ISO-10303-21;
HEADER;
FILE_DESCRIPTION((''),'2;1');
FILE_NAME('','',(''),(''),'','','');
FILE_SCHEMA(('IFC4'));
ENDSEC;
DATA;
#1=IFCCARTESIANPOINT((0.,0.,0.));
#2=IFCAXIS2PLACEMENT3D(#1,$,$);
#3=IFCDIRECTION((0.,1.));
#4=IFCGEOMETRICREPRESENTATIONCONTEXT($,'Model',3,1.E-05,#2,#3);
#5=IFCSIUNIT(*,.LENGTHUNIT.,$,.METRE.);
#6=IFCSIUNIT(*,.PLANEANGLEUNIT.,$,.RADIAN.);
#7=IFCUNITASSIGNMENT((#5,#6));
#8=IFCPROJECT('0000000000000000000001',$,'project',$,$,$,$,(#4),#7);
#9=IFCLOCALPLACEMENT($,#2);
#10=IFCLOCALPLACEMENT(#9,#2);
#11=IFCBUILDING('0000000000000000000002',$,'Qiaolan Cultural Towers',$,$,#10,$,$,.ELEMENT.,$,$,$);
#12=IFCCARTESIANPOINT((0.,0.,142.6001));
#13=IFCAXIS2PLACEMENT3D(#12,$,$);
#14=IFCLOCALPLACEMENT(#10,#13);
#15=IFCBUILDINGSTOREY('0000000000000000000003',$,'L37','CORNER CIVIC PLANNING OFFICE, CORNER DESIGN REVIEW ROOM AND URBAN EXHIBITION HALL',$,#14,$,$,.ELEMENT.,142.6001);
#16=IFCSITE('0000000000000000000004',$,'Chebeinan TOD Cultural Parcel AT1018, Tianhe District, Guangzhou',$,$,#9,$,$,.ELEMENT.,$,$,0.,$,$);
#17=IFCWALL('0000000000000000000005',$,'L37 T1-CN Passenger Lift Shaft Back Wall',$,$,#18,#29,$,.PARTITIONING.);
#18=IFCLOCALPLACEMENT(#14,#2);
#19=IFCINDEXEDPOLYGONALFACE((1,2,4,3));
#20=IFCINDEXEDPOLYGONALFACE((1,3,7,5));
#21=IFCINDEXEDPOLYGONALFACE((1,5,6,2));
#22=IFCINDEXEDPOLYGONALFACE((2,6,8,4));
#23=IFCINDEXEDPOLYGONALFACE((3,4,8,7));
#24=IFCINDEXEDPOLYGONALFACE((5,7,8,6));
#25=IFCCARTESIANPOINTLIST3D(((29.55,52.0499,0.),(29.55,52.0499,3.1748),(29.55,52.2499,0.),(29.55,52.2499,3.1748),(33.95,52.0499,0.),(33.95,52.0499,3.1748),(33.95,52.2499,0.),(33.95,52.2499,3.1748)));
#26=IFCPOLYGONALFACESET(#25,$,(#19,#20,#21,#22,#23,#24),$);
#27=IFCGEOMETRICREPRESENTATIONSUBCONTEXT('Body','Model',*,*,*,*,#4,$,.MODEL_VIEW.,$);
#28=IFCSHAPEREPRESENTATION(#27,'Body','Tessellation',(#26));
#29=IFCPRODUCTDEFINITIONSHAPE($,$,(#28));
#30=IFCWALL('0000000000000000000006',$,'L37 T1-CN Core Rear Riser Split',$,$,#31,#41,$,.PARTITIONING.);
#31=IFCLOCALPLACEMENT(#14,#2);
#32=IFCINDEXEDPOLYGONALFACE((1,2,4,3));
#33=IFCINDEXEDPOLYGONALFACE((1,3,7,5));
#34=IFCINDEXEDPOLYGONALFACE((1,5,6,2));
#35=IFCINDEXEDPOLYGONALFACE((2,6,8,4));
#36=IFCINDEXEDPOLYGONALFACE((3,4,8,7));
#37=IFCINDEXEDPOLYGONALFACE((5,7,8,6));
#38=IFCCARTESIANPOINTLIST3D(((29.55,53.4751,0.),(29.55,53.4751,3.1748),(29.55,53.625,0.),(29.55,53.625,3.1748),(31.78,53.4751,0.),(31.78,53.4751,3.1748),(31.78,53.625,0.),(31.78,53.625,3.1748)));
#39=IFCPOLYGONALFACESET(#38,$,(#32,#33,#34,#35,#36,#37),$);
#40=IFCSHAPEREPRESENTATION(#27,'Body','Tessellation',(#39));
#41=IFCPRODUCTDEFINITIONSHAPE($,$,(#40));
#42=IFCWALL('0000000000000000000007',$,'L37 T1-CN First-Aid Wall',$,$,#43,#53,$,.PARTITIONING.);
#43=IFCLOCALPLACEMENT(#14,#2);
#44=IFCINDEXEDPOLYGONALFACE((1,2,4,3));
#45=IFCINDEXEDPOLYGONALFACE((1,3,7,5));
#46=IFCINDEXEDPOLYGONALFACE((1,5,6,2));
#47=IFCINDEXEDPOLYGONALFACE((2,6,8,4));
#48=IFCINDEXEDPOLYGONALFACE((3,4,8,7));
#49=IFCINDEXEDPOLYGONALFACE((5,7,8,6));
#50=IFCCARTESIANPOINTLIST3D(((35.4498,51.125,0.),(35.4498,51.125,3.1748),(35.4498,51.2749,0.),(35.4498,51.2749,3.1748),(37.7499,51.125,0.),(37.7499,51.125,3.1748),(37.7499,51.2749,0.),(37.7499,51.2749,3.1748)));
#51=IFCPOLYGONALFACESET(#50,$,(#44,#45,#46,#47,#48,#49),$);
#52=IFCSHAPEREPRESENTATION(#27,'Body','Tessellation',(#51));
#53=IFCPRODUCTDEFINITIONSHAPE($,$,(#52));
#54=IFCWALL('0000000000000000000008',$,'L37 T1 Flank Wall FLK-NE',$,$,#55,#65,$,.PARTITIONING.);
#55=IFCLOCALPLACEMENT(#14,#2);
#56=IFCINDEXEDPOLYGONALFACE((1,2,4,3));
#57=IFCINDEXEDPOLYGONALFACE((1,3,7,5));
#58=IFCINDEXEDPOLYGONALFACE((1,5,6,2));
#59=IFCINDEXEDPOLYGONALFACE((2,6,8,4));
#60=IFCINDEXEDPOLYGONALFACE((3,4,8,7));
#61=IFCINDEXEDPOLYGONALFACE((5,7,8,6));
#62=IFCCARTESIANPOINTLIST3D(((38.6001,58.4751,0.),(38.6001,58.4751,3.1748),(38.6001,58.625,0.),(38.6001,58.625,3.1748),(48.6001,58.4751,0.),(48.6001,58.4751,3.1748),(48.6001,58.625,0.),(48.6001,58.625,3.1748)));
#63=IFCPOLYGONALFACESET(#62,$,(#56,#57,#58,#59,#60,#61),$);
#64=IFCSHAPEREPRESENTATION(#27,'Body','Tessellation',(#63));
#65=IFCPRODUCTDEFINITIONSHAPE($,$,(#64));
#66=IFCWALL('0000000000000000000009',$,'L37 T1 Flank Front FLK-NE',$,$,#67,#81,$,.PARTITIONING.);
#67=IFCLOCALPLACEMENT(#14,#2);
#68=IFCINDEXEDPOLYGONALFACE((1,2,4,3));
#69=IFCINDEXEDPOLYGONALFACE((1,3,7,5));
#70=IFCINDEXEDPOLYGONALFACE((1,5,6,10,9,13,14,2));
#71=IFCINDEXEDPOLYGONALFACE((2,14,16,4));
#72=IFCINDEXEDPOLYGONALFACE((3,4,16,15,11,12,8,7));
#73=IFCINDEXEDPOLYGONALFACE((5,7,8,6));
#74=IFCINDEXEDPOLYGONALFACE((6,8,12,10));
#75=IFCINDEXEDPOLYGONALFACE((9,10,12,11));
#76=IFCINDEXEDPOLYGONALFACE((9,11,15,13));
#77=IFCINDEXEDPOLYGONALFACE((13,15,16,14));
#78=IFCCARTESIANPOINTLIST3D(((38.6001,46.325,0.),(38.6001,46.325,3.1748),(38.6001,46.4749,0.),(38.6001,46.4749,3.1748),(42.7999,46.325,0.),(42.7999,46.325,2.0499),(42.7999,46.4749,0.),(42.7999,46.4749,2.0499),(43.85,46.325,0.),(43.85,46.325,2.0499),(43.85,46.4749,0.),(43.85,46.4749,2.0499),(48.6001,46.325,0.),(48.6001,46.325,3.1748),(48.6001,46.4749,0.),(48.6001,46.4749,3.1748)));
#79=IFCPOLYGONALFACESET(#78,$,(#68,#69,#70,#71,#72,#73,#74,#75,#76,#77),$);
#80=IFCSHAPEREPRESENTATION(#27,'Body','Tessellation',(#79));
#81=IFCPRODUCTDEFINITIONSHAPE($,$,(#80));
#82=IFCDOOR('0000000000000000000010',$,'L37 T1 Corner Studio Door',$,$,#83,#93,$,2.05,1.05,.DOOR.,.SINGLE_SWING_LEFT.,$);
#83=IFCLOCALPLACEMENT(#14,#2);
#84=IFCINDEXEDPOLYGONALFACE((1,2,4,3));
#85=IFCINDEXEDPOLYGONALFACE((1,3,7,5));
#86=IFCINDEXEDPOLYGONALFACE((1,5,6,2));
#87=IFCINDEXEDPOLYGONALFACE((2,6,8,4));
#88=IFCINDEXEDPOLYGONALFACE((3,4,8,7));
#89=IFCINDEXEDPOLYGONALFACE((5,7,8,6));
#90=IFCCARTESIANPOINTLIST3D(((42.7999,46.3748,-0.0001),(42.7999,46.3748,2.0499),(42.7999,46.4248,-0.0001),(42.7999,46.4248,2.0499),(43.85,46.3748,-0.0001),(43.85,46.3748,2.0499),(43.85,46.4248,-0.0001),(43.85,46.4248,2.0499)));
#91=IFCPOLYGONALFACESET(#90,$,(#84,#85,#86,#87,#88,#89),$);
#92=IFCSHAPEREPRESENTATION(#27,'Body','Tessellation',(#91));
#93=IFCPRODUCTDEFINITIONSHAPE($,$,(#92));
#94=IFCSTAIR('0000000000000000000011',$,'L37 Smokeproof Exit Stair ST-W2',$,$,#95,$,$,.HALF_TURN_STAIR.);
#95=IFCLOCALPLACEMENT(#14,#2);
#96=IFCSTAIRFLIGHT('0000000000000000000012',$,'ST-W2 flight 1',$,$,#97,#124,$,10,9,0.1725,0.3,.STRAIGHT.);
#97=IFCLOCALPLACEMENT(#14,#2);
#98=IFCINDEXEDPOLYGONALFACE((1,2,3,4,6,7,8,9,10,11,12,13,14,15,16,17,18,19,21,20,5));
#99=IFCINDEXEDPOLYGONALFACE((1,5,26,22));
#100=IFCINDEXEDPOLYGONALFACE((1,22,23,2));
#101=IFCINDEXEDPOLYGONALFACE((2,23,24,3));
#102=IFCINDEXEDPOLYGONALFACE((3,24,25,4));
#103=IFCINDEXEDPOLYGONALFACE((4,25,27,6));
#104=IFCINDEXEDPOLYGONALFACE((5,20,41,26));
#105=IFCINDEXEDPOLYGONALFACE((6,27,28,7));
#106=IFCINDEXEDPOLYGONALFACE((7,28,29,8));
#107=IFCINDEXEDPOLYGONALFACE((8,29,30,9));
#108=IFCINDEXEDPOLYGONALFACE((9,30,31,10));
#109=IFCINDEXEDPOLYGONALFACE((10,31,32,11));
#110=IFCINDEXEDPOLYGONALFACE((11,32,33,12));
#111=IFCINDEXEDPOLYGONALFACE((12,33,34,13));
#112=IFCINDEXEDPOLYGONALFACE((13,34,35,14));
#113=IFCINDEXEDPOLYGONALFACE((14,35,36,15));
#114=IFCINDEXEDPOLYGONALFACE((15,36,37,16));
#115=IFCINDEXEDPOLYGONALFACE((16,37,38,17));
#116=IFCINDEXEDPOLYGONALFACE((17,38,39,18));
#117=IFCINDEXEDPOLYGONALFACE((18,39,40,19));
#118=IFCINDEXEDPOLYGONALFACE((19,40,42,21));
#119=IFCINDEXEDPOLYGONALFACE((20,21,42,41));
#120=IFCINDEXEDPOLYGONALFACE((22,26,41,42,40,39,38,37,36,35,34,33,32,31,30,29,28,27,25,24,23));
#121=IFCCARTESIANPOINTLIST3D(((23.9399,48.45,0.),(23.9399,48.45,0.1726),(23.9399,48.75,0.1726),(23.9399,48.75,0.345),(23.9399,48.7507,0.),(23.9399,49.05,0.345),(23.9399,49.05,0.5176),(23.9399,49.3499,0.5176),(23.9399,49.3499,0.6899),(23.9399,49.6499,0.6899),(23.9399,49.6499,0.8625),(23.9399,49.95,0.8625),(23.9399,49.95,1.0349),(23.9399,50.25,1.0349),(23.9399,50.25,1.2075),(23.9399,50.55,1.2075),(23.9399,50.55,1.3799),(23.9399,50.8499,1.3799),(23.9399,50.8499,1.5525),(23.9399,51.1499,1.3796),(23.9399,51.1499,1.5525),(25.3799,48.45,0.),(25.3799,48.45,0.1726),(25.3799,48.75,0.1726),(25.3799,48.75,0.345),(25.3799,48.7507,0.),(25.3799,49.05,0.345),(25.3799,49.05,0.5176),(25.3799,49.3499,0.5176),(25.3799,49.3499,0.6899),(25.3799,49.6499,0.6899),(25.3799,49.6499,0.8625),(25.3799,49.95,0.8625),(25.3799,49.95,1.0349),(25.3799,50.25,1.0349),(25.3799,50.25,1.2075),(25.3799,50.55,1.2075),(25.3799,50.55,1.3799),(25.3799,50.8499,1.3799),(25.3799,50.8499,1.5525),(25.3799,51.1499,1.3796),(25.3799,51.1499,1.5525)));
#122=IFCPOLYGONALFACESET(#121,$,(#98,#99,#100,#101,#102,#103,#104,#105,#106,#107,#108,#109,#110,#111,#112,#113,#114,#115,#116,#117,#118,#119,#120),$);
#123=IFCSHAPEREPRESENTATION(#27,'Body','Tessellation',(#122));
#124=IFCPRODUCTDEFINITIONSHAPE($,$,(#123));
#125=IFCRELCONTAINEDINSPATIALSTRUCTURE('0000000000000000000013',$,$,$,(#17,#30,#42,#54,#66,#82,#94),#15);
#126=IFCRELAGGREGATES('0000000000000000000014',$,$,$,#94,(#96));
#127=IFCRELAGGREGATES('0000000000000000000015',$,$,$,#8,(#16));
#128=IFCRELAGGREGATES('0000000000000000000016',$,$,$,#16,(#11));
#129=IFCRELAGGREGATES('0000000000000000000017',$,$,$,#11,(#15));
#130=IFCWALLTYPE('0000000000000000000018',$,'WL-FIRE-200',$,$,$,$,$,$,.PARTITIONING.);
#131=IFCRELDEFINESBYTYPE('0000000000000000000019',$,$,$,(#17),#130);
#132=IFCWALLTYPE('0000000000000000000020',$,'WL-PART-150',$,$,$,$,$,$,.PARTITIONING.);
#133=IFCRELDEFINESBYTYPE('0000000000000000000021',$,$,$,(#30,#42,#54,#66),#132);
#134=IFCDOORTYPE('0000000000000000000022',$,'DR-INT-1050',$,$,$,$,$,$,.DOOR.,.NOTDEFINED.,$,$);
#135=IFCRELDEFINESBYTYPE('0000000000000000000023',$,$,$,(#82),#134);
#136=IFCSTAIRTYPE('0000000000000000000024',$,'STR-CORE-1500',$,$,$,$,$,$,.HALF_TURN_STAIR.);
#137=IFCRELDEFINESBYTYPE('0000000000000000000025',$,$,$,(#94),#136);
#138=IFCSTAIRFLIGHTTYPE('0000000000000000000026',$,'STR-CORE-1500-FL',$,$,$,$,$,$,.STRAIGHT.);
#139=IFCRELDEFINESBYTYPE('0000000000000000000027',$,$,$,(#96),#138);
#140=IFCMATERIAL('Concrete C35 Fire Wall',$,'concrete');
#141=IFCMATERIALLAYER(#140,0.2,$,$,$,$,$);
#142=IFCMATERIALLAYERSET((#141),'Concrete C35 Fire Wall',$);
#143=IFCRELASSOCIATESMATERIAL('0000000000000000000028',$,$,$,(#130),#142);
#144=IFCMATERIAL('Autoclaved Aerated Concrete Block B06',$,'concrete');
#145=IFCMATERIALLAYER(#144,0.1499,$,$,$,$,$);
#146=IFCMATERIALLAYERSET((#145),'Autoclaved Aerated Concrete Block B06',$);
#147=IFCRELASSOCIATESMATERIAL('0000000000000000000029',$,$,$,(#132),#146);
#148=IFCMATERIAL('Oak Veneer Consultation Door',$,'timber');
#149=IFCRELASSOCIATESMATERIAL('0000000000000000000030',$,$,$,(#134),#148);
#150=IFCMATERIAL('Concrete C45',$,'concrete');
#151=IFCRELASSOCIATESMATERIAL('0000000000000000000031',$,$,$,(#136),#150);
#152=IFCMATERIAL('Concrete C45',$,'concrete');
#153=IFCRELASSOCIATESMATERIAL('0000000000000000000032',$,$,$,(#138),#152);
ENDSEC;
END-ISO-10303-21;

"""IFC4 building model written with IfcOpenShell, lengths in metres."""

from ifc_helpers import new_model, si_unit, direction, frame, frame_2d, origin, place, context, subcontext, project, spatial, polyline, rectangle, outline, extrude, material, layer, layer_set, type_object, element, fill, aggregate, save


model = new_model("IFC4")

# Units and contexts
model_context = context("Model", 3, precision=1e-05, world=origin(), true_north=direction((0.0, 1.0)))
body_context = subcontext(model_context, "Body", "Model", "MODEL_VIEW")
ifc_project = project(units=[si_unit("LENGTHUNIT", "METRE"), si_unit("PLANEANGLEUNIT", "RADIAN")], contexts=[model_context])

# Site, building, storey
site_placement = place(None, origin())
site = spatial("IfcSite", under=ifc_project, at=site_placement, Name="Chebeinan TOD Cultural Parcel AT1018, Tianhe District, Guangzhou", CompositionType="ELEMENT", RefElevation=0.0)
building_placement = place(site_placement, origin())
building = spatial("IfcBuilding", under=site, at=building_placement, Name="Qiaolan Cultural Towers", CompositionType="ELEMENT")
storey_placement = place(building_placement, frame((0.0, 0.0, 142.6001)))
storey = spatial("IfcBuildingStorey", under=building, at=storey_placement, Name="L37", Description="CORNER CIVIC PLANNING OFFICE, CORNER DESIGN REVIEW ROOM AND URBAN EXHIBITION HALL", CompositionType="ELEMENT", Elevation=142.6001)

# Shared definitions
ifc_material_1 = material(Name="Concrete C35 Fire Wall", Category="concrete")
ifc_layer_1 = layer(ifc_material_1, 0.2)
ifc_layer_set_1 = layer_set([ifc_layer_1], Name="Concrete C35 Fire Wall")
wall_type_1 = type_object("IfcWallType", Name="WL-FIRE-200", PredefinedType="PARTITIONING", material=ifc_layer_set_1)

# Walls
wall_1_placement = place(storey_placement, frame((29.55, 52.1499, 0.0), z_axis=(0.0, 0.0, 1.0), x_axis=(1.0, 0.0, 0.0)))
element("IfcWall", 1, at=wall_1_placement, inside=storey, type_object=wall_type_1, Name="L37 T1-CN Passenger Lift Shaft Back Wall", PredefinedType="PARTITIONING", context=body_context, shape_type="SweptSolid", body=[
    extrude(rectangle(XDim=4.3999, YDim=0.2, at=frame_2d((2.2, 0.0))), origin(), (0.0, 0.0, 1.0), 3.1748),
])
ifc_material_2 = material(Name="Autoclaved Aerated Concrete Block B06", Category="concrete")
ifc_layer_2 = layer(ifc_material_2, 0.1499)
ifc_layer_set_2 = layer_set([ifc_layer_2], Name="Autoclaved Aerated Concrete Block B06")
wall_type_2 = type_object("IfcWallType", Name="WL-PART-150", PredefinedType="PARTITIONING", material=ifc_layer_set_2)
wall_2_placement = place(storey_placement, frame((29.55, 53.55, 0.0), z_axis=(0.0, 0.0, 1.0), x_axis=(1.0, 0.0, 0.0)))
element("IfcWall", 2, at=wall_2_placement, inside=storey, type_object=wall_type_2, Name="L37 T1-CN Core Rear Riser Split", PredefinedType="PARTITIONING", context=body_context, shape_type="SweptSolid", body=[
    extrude(rectangle(XDim=2.23, YDim=0.1499, at=frame_2d((1.115, 0.0))), origin(), (0.0, 0.0, 1.0), 3.1748),
])
wall_3_placement = place(storey_placement, frame((35.45, 51.2, 0.0), z_axis=(0.0, 0.0, 1.0), x_axis=(1.0, 0.0, 0.0)))
element("IfcWall", 3, at=wall_3_placement, inside=storey, type_object=wall_type_2, Name="L37 T1-CN First-Aid Wall", PredefinedType="PARTITIONING", context=body_context, shape_type="SweptSolid", body=[
    extrude(rectangle(XDim=2.3, YDim=0.1499, at=frame_2d((1.1499, 0.0))), origin(), (0.0, 0.0, 1.0), 3.1748),
])
wall_4_placement = place(storey_placement, frame((38.6001, 58.55, 0.0), z_axis=(0.0, 0.0, 1.0), x_axis=(1.0, 0.0, 0.0)))
element("IfcWall", 4, at=wall_4_placement, inside=storey, type_object=wall_type_2, Name="L37 T1 Flank Wall FLK-NE", PredefinedType="PARTITIONING", context=body_context, shape_type="SweptSolid", body=[
    extrude(rectangle(XDim=10.0, YDim=0.1499, at=frame_2d((5.0, 0.0))), origin(), (0.0, 0.0, 1.0), 3.1748),
])

# Wall, opening, door
wall_5_placement = place(storey_placement, frame((38.6001, 46.3999, 0.0), z_axis=(0.0, 0.0, 1.0), x_axis=(1.0, 0.0, 0.0)))
wall_5 = element("IfcWall", 5, at=wall_5_placement, inside=storey, type_object=wall_type_2, Name="L37 T1 Flank Front FLK-NE", PredefinedType="PARTITIONING", context=body_context, shape_type="SweptSolid", body=[
    extrude(rectangle(XDim=10.0, YDim=0.1499, at=frame_2d((5.0, 0.0))), origin(), (0.0, 0.0, 1.0), 3.1748),
])
opening_1_placement = place(wall_5_placement, frame((4.2, 0.0, 0.0)))
opening_1 = element("IfcOpeningElement", 6, at=opening_1_placement, cuts=wall_5, PredefinedType="OPENING", context=body_context, shape_type="SweptSolid", body=[
    extrude(rectangle(XDim=1.05, YDim=2.05, at=frame_2d((0.5249, 1.0249))), frame((0.0, 0.085, 0.0), z_axis=(0.0, -1.0, 0.0), x_axis=(1.0, 0.0, 0.0)), (0.0, 0.0, 1.0), 0.1699),
])
ifc_material_3 = material(Name="Oak Veneer Consultation Door", Category="timber")
door_type_1 = type_object("IfcDoorType", Name="DR-INT-1050", OperationType="NOTDEFINED", PredefinedType="DOOR", material=ifc_material_3)
door_1_placement = place(opening_1_placement, origin())
door_1 = element("IfcDoor", 7, at=door_1_placement, inside=storey, type_object=door_type_1, Name="L37 T1 Corner Studio Door", OperationType="SINGLE_SWING_LEFT", OverallHeight=2.05, OverallWidth=1.05, PredefinedType="DOOR", context=body_context, shape_type="SweptSolid", body=[
    extrude(rectangle(XDim=1.05, YDim=2.05, at=frame_2d((0.5249, 1.0249))), frame((0.0, 0.0249, 0.0), z_axis=(0.0, -1.0, 0.0), x_axis=(1.0, 0.0, 0.0)), (0.0, 0.0, 1.0), 0.05),
])
fill(opening_1, door_1)

# Stair, stair flight
ifc_material_4 = material(Name="Concrete C45", Category="concrete")
stair_type = type_object("IfcStairType", Name="STR-CORE-1500", PredefinedType="HALF_TURN_STAIR", material=ifc_material_4)
stair_placement = place(storey_placement, origin())
stair = element("IfcStair", 8, at=stair_placement, inside=storey, type_object=stair_type, Name="L37 Smokeproof Exit Stair ST-W2", PredefinedType="HALF_TURN_STAIR")
ifc_material_5 = material(Name="Concrete C45", Category="concrete")
stair_flight_type = type_object("IfcStairFlightType", Name="STR-CORE-1500-FL", PredefinedType="STRAIGHT", material=ifc_material_5)
stair_flight_placement = place(storey_placement, frame((24.6599, 48.45, 0.0), z_axis=(0.0, 0.0, 1.0), x_axis=(0.0, 1.0, 0.0)))
stair_flight = element("IfcStairFlight", 9, at=stair_flight_placement, type_object=stair_flight_type, Name="ST-W2 flight 1", NumberOfRisers=10, NumberOfTreads=9, PredefinedType="STRAIGHT", RiserHeight=0.1725, TreadLength=0.3, context=body_context, shape_type="SweptSolid", body=[
    extrude(outline(polyline([(0.0, 0.0), (0.0, 0.1726), (0.3, 0.1726), (0.3, 0.345), (0.6001, 0.345), (0.6001, 0.5176), (0.8999, 0.5176), (0.8999, 0.6899), (1.2, 0.6899), (1.2, 0.8625), (1.5, 0.8625), (1.5, 1.0349), (1.8, 1.0349), (1.8, 1.2075), (2.1001, 1.2075), (2.1001, 1.3799), (2.3999, 1.3799), (2.3999, 1.5525), (2.7, 1.5525), (2.7, 1.7251), (2.7, 1.3796), (0.3008, 0.0), (0.0, 0.0)])), frame((0.0, 0.72, 0.0), z_axis=(0.0, -1.0, 0.0), x_axis=(1.0, 0.0, 0.0)), (0.0, 0.0, 1.0), 1.4399),
])
aggregate(stair, [stair_flight])

save(model, "model.ifc")
